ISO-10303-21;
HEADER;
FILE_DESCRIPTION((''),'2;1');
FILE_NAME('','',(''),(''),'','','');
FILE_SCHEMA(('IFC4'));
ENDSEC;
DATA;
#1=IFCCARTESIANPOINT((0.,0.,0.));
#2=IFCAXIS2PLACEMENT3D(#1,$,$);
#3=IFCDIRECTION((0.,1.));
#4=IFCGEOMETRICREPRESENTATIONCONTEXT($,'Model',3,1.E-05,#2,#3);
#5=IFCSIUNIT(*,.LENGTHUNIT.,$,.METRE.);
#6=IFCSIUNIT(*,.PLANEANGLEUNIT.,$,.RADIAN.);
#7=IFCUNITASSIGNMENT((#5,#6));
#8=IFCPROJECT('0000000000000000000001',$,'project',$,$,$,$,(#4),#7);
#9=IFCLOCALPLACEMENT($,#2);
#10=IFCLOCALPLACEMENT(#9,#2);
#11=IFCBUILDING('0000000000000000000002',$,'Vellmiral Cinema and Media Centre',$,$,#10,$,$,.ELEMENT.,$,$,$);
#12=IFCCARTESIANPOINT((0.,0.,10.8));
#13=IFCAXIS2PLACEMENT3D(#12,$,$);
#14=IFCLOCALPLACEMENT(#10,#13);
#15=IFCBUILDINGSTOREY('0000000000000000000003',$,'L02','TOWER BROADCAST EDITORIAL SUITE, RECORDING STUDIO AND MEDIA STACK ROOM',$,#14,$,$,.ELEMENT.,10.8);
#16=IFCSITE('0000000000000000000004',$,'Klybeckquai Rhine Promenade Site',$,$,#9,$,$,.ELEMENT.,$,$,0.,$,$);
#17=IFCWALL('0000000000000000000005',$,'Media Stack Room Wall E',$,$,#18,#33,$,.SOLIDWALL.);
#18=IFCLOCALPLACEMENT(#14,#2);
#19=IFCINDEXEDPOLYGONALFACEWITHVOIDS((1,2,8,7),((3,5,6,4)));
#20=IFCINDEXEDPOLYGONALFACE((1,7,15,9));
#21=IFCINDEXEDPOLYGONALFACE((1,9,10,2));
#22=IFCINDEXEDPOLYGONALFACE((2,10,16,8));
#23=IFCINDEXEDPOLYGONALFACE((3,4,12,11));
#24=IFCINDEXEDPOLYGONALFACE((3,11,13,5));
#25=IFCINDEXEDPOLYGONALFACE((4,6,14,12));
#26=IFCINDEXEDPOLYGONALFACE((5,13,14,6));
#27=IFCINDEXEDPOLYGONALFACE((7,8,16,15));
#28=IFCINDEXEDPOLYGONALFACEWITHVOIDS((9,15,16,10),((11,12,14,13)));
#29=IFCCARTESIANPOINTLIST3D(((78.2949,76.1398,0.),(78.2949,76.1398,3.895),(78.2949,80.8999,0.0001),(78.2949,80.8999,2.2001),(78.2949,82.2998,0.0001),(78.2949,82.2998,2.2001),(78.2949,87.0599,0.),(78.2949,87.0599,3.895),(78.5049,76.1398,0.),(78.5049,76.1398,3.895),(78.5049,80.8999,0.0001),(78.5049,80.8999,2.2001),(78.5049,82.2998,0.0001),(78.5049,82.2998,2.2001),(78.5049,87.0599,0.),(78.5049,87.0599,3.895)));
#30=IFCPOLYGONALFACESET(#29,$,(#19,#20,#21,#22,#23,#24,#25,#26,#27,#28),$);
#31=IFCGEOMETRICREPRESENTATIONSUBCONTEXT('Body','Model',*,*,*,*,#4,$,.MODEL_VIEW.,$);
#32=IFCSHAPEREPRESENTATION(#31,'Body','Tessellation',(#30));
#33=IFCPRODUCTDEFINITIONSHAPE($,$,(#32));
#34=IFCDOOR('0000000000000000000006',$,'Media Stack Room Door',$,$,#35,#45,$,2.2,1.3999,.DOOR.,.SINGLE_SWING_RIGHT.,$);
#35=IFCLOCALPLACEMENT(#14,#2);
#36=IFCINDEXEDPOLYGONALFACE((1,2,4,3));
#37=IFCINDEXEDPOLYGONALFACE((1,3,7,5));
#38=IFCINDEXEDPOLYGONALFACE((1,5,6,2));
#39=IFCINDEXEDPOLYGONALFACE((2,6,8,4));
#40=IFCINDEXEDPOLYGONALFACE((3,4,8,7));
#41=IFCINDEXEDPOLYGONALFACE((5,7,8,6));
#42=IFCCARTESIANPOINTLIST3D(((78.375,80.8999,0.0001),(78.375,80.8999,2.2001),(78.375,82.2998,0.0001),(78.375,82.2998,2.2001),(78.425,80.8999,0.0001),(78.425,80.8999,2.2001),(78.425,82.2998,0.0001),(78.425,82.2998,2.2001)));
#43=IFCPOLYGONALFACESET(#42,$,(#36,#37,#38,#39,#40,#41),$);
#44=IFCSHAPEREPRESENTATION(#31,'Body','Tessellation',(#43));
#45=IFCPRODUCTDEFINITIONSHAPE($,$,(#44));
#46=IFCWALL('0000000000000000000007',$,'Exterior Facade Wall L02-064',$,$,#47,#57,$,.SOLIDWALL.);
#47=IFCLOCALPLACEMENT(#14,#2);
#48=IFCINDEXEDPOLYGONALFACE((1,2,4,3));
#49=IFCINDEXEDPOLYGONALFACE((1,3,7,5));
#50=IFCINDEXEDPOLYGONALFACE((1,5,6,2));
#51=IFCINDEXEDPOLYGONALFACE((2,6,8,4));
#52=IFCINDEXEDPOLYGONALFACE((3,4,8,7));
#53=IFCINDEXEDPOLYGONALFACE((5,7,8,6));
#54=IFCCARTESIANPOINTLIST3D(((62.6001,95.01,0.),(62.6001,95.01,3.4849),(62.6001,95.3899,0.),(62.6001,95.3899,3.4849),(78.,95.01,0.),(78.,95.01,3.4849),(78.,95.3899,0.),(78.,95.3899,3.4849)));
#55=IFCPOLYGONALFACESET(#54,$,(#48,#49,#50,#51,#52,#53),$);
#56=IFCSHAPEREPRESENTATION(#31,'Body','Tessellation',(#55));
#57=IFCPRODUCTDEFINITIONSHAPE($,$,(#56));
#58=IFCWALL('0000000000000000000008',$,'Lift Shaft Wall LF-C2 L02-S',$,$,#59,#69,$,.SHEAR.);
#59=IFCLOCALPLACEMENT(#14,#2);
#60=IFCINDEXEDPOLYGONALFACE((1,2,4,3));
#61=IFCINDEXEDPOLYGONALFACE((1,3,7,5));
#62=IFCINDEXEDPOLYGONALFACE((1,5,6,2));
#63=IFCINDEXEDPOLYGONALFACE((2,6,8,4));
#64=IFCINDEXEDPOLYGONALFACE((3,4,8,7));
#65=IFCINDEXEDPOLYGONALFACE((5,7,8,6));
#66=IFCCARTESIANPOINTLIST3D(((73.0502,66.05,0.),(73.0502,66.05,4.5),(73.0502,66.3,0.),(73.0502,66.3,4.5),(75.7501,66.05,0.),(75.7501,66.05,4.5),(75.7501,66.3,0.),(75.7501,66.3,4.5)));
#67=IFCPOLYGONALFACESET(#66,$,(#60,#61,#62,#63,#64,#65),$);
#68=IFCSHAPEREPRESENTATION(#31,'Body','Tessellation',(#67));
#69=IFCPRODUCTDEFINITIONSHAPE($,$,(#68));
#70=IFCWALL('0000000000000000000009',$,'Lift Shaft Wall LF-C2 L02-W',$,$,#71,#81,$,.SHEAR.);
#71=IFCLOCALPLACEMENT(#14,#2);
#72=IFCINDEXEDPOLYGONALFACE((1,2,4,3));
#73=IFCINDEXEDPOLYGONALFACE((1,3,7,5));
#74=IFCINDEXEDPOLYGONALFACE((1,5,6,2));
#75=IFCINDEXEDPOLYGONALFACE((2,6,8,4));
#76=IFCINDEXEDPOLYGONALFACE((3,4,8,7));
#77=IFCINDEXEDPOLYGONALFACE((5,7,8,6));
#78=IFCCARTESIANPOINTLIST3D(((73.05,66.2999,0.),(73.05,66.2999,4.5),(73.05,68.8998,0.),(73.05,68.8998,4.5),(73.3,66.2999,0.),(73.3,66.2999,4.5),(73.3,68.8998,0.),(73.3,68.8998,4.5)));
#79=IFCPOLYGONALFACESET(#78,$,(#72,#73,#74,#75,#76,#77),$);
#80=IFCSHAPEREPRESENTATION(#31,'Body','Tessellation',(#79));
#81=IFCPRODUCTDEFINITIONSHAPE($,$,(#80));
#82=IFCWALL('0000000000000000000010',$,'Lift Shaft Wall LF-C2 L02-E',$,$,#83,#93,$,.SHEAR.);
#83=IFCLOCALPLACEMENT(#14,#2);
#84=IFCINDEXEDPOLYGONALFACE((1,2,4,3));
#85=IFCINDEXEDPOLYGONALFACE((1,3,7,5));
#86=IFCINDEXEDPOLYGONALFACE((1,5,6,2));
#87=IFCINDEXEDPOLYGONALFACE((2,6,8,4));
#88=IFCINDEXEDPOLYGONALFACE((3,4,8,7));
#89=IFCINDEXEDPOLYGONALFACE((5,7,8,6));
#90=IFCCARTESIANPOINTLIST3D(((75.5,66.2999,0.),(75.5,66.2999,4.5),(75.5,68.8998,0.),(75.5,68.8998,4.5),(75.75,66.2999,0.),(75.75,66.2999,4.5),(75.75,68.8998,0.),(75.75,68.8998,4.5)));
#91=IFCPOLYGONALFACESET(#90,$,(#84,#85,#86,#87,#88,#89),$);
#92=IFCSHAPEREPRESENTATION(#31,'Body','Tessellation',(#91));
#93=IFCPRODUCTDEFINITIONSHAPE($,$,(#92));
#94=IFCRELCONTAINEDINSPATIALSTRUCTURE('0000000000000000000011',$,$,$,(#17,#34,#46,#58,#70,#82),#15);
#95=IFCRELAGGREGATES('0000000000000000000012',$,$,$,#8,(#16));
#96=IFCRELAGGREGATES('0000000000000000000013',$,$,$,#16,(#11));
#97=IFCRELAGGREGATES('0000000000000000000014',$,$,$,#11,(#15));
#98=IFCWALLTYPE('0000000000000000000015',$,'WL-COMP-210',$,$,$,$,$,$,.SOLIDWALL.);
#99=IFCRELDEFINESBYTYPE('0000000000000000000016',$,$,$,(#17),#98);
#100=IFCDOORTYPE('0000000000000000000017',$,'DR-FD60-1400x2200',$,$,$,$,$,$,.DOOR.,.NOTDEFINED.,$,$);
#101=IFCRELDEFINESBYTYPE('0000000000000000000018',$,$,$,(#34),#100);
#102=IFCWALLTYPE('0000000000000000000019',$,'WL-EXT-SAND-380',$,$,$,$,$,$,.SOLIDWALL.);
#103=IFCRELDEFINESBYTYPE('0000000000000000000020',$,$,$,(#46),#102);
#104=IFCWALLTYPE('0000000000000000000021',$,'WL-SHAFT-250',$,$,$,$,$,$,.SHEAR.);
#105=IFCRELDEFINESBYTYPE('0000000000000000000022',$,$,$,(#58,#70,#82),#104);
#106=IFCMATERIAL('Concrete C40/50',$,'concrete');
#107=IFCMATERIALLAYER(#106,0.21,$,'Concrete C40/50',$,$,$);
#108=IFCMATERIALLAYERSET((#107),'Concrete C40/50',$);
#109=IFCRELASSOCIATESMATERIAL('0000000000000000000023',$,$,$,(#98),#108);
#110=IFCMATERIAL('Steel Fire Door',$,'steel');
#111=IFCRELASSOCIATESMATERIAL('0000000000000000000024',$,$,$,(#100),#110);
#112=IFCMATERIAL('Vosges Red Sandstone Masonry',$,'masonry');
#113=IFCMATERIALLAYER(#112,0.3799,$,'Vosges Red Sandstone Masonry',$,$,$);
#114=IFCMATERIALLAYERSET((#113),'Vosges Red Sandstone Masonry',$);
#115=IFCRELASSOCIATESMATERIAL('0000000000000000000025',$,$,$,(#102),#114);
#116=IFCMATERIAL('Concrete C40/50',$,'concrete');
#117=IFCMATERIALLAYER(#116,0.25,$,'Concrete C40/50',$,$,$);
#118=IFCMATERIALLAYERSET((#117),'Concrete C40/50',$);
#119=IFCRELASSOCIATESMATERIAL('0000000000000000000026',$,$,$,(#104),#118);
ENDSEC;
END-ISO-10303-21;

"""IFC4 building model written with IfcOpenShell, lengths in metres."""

from ifc_helpers import new_model, si_unit, direction, frame, frame_2d, origin, place, context, subcontext, project, spatial, rectangle, extrude, material, layer, layer_set, type_object, element, fill, save


model = new_model("IFC4")

# Units and contexts
model_context = context("Model", 3, precision=1e-05, world=origin(), true_north=direction((0.0, 1.0)))
body_context = subcontext(model_context, "Body", "Model", "MODEL_VIEW")
ifc_project = project(units=[si_unit("LENGTHUNIT", "METRE"), si_unit("PLANEANGLEUNIT", "RADIAN")], contexts=[model_context])

# Site, building, storey
site_placement = place(None, origin())
site = spatial("IfcSite", under=ifc_project, at=site_placement, Name="Klybeckquai Rhine Promenade Site", CompositionType="ELEMENT", RefElevation=0.0)
building_placement = place(site_placement, origin())
building = spatial("IfcBuilding", under=site, at=building_placement, Name="Vellmiral Cinema and Media Centre", CompositionType="ELEMENT")
storey_placement = place(building_placement, frame((0.0, 0.0, 10.8)))
storey = spatial("IfcBuildingStorey", under=building, at=storey_placement, Name="L02", Description="TOWER BROADCAST EDITORIAL SUITE, RECORDING STUDIO AND MEDIA STACK ROOM", CompositionType="ELEMENT", Elevation=10.8)

# Wall, opening, door
ifc_material_1 = material(Name="Concrete C40/50", Category="concrete")
ifc_layer_1 = layer(ifc_material_1, 0.21, Name="Concrete C40/50")
ifc_layer_set_1 = layer_set([ifc_layer_1], Name="Concrete C40/50")
wall_type_1 = type_object("IfcWallType", Name="WL-COMP-210", PredefinedType="SOLIDWALL", material=ifc_layer_set_1)
wall_1_placement = place(storey_placement, frame((78.3999, 76.1399, 0.0), z_axis=(0.0, 0.0, 1.0), x_axis=(0.0, 1.0, 0.0)))
wall_1 = element("IfcWall", 1, at=wall_1_placement, inside=storey, type_object=wall_type_1, Name="Media Stack Room Wall E", PredefinedType="SOLIDWALL", context=body_context, shape_type="SweptSolid", body=[
    extrude(rectangle(XDim=10.9202, YDim=0.21, at=frame_2d((5.46, 0.0))), origin(), (0.0, 0.0, 1.0), 3.895),
])
opening_1_placement = place(wall_1_placement, frame((4.76, 0.0, 0.0)))
opening_1 = element("IfcOpeningElement", 2, at=opening_1_placement, cuts=wall_1, PredefinedType="OPENING", context=body_context, shape_type="SweptSolid", body=[
    extrude(rectangle(XDim=1.3999, YDim=2.2, at=frame_2d((0.7, 1.1001))), frame((0.0, 0.1169, 0.0), z_axis=(0.0, -1.0, 0.0), x_axis=(1.0, 0.0, 0.0)), (0.0, 0.0, 1.0), 0.2339),
])
ifc_material_2 = material(Name="Steel Fire Door", Category="steel")
door_type_1 = type_object("IfcDoorType", Name="DR-FD60-1400x2200", OperationType="NOTDEFINED", PredefinedType="DOOR", material=ifc_material_2)
door_1_placement = place(opening_1_placement, origin())
door_1 = element("IfcDoor", 3, at=door_1_placement, inside=storey, type_object=door_type_1, Name="Media Stack Room Door", OperationType="SINGLE_SWING_RIGHT", OverallHeight=2.2, OverallWidth=1.3999, PredefinedType="DOOR", context=body_context, shape_type="SweptSolid", body=[
    extrude(rectangle(XDim=1.3999, YDim=2.2, at=frame_2d((0.7, 1.1001))), frame((0.0, 0.0249, 0.0), z_axis=(0.0, -1.0, 0.0), x_axis=(1.0, 0.0, 0.0)), (0.0, 0.0, 1.0), 0.05),
])
fill(opening_1, door_1)

# Walls
ifc_material_3 = material(Name="Vosges Red Sandstone Masonry", Category="masonry")
ifc_layer_2 = layer(ifc_material_3, 0.3799, Name="Vosges Red Sandstone Masonry")
ifc_layer_set_2 = layer_set([ifc_layer_2], Name="Vosges Red Sandstone Masonry")
wall_type_2 = type_object("IfcWallType", Name="WL-EXT-SAND-380", PredefinedType="SOLIDWALL", material=ifc_layer_set_2)
wall_2_placement = place(storey_placement, frame((78.0, 95.2, 0.0), z_axis=(0.0, 0.0, 1.0), x_axis=(-1.0, 0.0, 0.0)))
element("IfcWall", 4, at=wall_2_placement, inside=storey, type_object=wall_type_2, Name="Exterior Facade Wall L02-064", PredefinedType="SOLIDWALL", context=body_context, shape_type="SweptSolid", body=[
    extrude(rectangle(XDim=15.3999, YDim=0.3799, at=frame_2d((7.7, 0.0))), origin(), (0.0, 0.0, 1.0), 3.4849),
])
ifc_material_4 = material(Name="Concrete C40/50", Category="concrete")
ifc_layer_3 = layer(ifc_material_4, 0.25, Name="Concrete C40/50")
ifc_layer_set_3 = layer_set([ifc_layer_3], Name="Concrete C40/50")
wall_type_3 = type_object("IfcWallType", Name="WL-SHAFT-250", PredefinedType="SHEAR", material=ifc_layer_set_3)
wall_3_placement = place(storey_placement, frame((73.05, 66.175, 0.0), z_axis=(0.0, 0.0, 1.0), x_axis=(1.0, 0.0, 0.0)))
element("IfcWall", 5, at=wall_3_placement, inside=storey, type_object=wall_type_3, Name="Lift Shaft Wall LF-C2 L02-S", PredefinedType="SHEAR", context=body_context, shape_type="SweptSolid", body=[
    extrude(rectangle(XDim=2.7, YDim=0.25, at=frame_2d((1.3501, 0.0))), origin(), (0.0, 0.0, 1.0), 4.5),
])

# Walls
for number, where, z_axis, x_axis, name in (
    (6, (73.175, 66.3, 0.0), (0.0, 0.0, 1.0), (0.0, 1.0, 0.0), "Lift Shaft Wall LF-C2 L02-W"),
    (7, (75.625, 66.3, 0.0), (0.0, 0.0, 1.0), (0.0, 1.0, 0.0), "Lift Shaft Wall LF-C2 L02-E"),
):
    element("IfcWall", number, at=place(storey_placement, frame(where, z_axis=z_axis, x_axis=x_axis)), inside=storey, type_object=wall_type_3, Name=name, PredefinedType="SHEAR", context=body_context, shape_type="SweptSolid", body=[
        extrude(rectangle(XDim=2.5999, YDim=0.25, at=frame_2d((1.2998, 0.0))), origin(), (0.0, 0.0, 1.0), 4.5),
    ])

save(model, "model.ifc")
